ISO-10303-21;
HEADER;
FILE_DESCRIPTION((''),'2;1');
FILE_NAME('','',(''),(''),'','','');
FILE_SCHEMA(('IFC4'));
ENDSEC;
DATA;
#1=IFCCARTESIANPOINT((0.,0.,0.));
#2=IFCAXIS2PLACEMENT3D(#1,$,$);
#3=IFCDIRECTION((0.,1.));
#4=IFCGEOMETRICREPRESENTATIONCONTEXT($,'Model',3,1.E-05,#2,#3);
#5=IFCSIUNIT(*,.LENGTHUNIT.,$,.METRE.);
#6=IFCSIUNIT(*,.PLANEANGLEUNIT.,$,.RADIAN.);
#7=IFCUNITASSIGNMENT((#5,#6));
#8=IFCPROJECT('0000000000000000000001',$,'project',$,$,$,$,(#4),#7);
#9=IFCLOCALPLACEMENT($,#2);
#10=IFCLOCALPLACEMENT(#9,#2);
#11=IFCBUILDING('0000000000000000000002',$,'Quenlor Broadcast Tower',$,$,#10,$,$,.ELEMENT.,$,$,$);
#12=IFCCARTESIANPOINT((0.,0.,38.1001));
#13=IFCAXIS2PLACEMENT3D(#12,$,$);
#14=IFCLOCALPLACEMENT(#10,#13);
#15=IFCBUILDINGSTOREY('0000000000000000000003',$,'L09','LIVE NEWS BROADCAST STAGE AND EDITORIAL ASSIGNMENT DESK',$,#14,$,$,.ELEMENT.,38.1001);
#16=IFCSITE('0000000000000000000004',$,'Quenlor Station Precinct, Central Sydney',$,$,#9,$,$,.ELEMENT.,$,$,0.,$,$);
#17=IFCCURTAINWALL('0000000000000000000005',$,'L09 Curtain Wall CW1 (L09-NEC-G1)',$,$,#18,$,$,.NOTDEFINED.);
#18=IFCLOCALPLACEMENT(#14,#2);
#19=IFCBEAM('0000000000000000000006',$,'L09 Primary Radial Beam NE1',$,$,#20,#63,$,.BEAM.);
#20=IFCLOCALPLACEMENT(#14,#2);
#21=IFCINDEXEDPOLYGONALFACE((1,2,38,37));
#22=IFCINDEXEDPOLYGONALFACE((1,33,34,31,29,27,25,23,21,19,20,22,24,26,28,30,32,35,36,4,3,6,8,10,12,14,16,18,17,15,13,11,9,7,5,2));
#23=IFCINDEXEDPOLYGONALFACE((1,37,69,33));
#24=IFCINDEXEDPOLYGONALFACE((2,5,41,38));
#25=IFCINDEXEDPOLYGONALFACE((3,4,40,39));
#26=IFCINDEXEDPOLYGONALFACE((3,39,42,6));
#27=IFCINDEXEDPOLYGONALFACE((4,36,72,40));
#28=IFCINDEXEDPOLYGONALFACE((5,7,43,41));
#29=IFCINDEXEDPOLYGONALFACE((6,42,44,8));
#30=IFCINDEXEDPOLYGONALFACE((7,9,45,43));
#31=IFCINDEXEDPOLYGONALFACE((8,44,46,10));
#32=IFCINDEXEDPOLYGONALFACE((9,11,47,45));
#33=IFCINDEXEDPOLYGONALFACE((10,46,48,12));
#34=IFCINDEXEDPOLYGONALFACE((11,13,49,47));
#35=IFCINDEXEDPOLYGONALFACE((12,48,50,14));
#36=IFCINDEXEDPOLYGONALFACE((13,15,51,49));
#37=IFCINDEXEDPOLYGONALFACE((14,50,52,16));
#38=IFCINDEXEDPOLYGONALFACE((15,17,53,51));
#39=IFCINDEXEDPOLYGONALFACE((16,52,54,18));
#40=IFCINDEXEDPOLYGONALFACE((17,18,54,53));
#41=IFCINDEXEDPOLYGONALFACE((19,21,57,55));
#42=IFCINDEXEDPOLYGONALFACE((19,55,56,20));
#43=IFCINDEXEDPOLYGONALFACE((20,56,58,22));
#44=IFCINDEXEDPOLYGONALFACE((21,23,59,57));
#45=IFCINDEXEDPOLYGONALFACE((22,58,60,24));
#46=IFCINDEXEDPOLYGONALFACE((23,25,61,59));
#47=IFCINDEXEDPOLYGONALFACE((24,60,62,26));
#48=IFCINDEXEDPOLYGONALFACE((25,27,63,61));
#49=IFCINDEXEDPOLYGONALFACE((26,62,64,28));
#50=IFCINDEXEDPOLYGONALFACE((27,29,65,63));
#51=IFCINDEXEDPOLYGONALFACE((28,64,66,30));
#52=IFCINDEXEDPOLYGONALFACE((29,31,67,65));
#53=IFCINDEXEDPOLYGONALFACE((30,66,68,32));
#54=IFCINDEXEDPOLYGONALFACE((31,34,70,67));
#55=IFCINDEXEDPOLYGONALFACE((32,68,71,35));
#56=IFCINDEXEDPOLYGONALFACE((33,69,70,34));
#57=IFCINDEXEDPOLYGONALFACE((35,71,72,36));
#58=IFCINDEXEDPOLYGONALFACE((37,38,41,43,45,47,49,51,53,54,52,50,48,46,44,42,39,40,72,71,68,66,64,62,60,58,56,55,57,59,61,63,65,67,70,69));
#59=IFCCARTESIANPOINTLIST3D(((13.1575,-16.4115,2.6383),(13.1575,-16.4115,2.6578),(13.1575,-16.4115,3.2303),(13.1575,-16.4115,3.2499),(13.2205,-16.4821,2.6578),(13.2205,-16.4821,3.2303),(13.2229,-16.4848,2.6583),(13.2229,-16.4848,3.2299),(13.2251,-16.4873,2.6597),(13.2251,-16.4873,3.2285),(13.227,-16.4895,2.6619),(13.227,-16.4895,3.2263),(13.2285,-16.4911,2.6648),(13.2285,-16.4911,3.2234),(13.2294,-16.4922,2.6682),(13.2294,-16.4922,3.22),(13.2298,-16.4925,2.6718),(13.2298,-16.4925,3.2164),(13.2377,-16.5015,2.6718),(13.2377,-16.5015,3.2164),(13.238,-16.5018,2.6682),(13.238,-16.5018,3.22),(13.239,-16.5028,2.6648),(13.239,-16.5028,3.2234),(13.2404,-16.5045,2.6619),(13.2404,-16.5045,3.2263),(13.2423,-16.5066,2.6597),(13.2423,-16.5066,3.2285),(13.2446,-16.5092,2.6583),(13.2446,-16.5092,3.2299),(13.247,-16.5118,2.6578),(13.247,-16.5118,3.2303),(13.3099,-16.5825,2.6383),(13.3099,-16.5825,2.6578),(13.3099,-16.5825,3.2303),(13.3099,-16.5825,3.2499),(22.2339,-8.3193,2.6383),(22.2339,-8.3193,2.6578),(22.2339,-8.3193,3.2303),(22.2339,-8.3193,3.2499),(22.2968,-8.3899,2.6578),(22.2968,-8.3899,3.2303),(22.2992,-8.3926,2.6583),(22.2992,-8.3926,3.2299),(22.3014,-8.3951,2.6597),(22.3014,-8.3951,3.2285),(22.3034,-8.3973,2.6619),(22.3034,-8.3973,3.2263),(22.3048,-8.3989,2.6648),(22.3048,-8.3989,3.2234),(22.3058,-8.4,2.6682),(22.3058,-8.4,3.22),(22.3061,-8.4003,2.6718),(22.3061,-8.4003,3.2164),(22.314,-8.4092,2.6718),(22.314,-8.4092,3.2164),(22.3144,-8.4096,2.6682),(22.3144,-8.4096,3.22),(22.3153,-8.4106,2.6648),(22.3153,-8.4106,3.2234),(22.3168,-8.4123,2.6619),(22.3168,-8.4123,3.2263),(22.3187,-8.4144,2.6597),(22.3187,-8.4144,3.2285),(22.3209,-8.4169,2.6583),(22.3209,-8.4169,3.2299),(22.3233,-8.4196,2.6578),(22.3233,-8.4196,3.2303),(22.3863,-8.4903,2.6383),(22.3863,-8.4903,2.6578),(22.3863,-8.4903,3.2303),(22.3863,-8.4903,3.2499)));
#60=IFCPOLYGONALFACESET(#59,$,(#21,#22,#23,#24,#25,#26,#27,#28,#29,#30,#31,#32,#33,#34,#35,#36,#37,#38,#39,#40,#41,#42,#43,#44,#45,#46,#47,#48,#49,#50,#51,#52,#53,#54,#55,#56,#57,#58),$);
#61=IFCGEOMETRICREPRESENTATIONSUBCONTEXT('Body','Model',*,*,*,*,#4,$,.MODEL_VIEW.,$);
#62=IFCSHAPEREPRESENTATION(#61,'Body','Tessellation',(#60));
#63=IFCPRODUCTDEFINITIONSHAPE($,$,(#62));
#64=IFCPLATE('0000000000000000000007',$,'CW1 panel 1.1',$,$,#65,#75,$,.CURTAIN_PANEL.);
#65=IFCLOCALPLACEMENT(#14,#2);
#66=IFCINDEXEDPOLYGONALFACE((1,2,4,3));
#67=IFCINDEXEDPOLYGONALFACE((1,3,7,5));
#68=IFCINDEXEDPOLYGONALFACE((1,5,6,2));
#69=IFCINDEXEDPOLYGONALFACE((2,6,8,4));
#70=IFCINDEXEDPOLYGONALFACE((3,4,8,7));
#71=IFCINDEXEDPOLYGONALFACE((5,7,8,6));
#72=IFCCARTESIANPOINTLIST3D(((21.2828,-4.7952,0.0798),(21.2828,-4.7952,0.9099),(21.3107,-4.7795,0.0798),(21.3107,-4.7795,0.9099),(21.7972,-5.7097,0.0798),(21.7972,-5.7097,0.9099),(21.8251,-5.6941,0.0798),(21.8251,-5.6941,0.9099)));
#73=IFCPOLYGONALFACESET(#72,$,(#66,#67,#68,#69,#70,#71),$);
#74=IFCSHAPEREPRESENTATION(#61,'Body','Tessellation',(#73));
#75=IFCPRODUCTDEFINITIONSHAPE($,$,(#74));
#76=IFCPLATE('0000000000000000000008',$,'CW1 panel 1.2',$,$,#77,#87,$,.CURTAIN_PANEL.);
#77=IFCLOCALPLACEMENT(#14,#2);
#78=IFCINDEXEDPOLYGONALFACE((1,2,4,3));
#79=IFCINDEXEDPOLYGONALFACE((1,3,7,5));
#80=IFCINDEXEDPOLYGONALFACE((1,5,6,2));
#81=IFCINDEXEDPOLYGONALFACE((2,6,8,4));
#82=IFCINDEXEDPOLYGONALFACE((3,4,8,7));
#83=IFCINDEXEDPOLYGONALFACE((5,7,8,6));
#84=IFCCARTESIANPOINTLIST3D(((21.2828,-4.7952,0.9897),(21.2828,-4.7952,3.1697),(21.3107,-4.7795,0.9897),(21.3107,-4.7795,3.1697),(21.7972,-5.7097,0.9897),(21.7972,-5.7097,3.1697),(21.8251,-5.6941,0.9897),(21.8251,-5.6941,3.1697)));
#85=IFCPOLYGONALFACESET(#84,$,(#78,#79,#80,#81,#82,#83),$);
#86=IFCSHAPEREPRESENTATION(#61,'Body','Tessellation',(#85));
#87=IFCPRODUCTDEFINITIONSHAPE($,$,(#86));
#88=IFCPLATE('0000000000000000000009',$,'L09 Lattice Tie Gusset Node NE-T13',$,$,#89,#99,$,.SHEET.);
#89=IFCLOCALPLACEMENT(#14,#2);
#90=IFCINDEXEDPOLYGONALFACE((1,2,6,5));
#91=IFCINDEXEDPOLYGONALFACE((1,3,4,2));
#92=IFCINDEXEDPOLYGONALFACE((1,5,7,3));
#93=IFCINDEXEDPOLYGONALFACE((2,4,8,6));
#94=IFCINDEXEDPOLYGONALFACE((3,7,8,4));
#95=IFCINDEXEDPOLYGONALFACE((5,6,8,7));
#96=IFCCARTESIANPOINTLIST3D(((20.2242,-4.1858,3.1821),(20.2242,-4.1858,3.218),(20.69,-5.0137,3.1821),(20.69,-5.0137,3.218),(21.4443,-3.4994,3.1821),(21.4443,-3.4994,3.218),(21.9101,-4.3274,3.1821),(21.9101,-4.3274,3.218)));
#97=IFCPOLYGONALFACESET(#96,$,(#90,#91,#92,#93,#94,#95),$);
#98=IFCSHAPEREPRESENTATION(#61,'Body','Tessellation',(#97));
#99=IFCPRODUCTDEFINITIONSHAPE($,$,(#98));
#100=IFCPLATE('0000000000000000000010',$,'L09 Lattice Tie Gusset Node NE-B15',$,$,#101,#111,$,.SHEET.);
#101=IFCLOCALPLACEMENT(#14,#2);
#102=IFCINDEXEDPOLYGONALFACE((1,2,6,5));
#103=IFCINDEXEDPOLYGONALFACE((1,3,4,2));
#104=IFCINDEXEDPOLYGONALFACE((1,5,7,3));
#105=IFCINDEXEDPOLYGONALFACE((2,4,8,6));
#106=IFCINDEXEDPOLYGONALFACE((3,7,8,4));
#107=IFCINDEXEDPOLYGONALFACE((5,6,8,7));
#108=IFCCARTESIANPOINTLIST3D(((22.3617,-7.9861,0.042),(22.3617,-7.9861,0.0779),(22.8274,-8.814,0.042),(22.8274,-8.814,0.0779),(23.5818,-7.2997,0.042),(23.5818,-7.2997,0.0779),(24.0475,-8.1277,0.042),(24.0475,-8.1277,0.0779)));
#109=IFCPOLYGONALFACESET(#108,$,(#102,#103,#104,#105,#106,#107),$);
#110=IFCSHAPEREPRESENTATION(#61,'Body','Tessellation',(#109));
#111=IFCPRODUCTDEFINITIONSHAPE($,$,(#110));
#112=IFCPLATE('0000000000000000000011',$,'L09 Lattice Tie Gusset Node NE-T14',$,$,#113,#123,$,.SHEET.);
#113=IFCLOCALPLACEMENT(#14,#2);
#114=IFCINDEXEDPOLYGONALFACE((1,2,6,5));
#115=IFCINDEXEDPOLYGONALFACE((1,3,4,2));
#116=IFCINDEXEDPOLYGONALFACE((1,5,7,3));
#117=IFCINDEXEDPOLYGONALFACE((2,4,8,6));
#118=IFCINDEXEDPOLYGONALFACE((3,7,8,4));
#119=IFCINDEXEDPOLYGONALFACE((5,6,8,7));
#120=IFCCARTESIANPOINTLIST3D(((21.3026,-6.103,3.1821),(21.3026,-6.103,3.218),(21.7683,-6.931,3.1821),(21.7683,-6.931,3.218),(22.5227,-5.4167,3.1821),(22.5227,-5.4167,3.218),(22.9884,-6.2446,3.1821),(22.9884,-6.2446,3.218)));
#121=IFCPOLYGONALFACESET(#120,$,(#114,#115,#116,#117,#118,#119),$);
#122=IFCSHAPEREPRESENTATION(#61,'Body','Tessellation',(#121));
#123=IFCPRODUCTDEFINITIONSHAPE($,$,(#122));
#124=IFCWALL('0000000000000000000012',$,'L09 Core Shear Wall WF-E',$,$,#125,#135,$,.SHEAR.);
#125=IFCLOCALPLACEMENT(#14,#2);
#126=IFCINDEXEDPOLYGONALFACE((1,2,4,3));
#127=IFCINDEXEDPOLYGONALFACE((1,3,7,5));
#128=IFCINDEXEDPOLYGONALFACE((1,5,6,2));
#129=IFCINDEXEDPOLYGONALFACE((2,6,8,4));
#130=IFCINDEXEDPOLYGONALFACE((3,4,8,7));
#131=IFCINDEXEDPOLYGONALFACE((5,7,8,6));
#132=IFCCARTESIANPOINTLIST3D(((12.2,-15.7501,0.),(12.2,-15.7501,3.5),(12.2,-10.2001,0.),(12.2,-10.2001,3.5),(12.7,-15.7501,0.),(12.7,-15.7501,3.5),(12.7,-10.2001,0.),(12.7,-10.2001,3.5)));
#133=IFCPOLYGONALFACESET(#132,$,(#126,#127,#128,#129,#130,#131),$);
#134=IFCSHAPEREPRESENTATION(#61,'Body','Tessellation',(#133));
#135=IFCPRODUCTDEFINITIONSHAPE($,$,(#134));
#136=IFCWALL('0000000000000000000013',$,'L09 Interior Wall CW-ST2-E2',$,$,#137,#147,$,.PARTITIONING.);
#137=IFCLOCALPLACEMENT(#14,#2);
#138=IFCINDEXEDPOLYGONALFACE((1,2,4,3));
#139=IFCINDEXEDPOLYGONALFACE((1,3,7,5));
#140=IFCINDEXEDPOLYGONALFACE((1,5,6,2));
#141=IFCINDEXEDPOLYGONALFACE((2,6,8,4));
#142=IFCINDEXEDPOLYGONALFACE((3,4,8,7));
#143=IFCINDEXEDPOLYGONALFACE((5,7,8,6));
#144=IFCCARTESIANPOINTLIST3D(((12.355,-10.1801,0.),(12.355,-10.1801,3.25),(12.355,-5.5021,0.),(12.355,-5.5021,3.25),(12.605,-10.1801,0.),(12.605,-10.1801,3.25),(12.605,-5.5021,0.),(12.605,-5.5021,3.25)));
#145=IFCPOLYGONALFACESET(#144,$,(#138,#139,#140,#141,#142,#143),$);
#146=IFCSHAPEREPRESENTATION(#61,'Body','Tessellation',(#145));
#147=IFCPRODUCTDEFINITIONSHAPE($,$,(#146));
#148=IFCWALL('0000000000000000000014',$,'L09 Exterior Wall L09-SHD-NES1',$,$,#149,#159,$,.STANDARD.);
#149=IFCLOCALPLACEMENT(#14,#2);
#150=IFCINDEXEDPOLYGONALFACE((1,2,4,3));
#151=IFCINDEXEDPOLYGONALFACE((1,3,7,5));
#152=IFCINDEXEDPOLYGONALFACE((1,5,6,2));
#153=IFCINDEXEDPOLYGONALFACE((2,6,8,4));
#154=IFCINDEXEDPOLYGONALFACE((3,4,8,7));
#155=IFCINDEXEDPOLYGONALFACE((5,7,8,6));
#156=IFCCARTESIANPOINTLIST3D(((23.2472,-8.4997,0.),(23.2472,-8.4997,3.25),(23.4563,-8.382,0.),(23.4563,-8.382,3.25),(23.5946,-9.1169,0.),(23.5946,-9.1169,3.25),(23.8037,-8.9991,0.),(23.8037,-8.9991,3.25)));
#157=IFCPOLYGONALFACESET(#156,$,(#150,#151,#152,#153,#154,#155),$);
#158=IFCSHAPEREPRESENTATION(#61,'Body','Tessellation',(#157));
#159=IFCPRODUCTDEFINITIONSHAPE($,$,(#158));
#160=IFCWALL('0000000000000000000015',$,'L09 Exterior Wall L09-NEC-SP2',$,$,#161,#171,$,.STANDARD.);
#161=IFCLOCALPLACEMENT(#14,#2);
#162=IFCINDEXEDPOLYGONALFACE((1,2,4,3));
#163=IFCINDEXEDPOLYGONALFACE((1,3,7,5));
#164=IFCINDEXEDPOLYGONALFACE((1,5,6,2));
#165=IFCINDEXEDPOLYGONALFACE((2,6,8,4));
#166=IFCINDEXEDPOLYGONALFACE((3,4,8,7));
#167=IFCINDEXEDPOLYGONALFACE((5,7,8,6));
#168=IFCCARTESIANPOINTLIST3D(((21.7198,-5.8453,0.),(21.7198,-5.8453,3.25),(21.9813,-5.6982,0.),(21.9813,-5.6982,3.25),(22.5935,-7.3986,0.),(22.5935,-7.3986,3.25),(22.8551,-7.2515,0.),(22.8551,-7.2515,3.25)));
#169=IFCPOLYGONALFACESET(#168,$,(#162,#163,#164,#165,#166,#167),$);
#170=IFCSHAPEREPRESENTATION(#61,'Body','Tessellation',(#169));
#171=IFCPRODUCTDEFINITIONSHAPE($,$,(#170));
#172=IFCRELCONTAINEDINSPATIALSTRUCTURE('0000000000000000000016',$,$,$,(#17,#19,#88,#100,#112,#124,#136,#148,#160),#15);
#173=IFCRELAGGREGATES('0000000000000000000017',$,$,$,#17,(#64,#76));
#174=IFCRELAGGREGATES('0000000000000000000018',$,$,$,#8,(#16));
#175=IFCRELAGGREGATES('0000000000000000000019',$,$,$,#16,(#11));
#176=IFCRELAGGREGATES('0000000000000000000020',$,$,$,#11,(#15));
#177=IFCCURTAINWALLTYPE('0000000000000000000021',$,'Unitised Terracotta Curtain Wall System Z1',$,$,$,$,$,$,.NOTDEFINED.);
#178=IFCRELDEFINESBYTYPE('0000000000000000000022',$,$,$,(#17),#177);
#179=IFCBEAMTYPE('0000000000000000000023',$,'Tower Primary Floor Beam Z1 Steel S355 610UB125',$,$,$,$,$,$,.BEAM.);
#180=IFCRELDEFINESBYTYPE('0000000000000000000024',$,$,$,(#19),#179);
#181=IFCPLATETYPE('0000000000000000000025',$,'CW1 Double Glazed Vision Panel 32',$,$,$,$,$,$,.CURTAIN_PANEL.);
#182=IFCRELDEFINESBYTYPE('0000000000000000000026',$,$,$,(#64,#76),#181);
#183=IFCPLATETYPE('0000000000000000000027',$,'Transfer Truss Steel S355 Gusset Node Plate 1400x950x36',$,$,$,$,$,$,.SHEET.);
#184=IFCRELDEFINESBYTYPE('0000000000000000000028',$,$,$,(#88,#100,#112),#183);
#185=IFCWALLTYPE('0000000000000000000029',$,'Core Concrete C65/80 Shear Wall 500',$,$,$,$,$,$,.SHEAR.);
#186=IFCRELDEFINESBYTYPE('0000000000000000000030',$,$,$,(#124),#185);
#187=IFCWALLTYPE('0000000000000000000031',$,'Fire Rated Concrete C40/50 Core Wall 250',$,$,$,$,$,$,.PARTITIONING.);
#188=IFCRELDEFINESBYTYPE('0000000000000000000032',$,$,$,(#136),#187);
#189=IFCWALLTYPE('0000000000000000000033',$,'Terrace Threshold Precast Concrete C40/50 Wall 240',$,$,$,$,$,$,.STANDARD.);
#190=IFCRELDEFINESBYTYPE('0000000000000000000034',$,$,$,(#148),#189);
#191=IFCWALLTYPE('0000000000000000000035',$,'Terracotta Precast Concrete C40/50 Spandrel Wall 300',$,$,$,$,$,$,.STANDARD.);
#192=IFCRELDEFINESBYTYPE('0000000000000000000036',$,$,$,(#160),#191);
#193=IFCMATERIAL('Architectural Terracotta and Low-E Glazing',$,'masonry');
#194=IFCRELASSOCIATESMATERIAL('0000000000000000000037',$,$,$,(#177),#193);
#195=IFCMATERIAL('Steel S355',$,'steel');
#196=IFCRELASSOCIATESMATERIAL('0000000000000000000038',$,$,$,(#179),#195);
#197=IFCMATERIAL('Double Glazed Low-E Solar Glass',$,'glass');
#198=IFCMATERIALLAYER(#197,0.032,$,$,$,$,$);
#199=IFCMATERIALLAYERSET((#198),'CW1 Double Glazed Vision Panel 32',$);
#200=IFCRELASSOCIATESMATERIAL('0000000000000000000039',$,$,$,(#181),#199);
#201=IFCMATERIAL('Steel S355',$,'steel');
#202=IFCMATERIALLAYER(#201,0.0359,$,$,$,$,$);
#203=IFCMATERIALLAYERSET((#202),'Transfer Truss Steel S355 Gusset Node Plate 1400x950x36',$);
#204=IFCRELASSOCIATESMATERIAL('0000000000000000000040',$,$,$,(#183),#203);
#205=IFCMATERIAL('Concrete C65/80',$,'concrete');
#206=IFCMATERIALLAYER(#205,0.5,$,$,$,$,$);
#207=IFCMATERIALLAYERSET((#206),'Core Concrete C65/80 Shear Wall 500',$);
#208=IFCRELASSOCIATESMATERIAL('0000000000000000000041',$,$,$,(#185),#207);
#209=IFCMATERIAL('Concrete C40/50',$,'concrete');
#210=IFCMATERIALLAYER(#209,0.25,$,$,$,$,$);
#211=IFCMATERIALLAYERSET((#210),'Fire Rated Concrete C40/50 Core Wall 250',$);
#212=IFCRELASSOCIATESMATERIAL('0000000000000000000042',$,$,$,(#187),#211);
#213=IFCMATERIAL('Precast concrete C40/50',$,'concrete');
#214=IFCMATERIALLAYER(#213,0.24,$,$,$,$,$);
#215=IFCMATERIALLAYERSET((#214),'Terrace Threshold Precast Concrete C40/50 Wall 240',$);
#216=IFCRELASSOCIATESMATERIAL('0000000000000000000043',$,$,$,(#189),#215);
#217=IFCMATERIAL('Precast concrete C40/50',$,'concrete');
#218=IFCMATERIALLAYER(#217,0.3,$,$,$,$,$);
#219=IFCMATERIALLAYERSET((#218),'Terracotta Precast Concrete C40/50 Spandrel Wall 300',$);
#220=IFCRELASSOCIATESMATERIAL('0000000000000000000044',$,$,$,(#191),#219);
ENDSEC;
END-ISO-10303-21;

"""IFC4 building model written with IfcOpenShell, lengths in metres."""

from ifc_helpers import new_model, si_unit, direction, frame, frame_2d, origin, origin_2d, place, context, subcontext, project, spatial, rectangle, i_section, extrude, material, layer, layer_set, material_profile, profile_set, type_object, element, aggregate, save


model = new_model("IFC4")

# Units and contexts
model_context = context("Model", 3, precision=1e-05, world=origin(), true_north=direction((0.0, 1.0)))
body_context = subcontext(model_context, "Body", "Model", "MODEL_VIEW")
ifc_project = project(units=[si_unit("LENGTHUNIT", "METRE"), si_unit("PLANEANGLEUNIT", "RADIAN")], contexts=[model_context])

# Site, building, storey
site_placement = place(None, origin())
site = spatial("IfcSite", under=ifc_project, at=site_placement, Name="Quenlor Station Precinct, Central Sydney", CompositionType="ELEMENT", RefElevation=0.0)
building_placement = place(site_placement, origin())
building = spatial("IfcBuilding", under=site, at=building_placement, Name="Quenlor Broadcast Tower", CompositionType="ELEMENT")
storey_placement = place(building_placement, frame((0.0, 0.0, 38.1001)))
storey = spatial("IfcBuildingStorey", under=building, at=storey_placement, Name="L09", Description="LIVE NEWS BROADCAST STAGE AND EDITORIAL ASSIGNMENT DESK", CompositionType="ELEMENT", Elevation=38.1001)

# Curtain wall
ifc_material_1 = material(Name="Architectural Terracotta and Low-E Glazing", Category="masonry")
curtain_wall_type = type_object("IfcCurtainWallType", Name="Unitised Terracotta Curtain Wall System Z1", PredefinedType="NOTDEFINED", material=ifc_material_1)
curtain_wall_placement = place(storey_placement, origin())
curtain_wall = element("IfcCurtainWall", 1, at=curtain_wall_placement, inside=storey, type_object=curtain_wall_type, Name="L09 Curtain Wall CW1 (L09-NEC-G1)", PredefinedType="NOTDEFINED")

# Beam
ifc_material_2 = material(Name="Steel S355", Category="steel")
ifc_material_profile_1 = material_profile(ifc_material_2, i_section(OverallWidth=0.229, OverallDepth=0.6116, WebThickness=0.012, FlangeThickness=0.0195, FilletRadius=0.0139, at=origin_2d()))
ifc_profile_set_1 = profile_set([ifc_material_profile_1], Name="Steel S355 610UB125")
beam_type_1 = type_object("IfcBeamType", Name="Tower Primary Floor Beam Z1 Steel S355 610UB125", PredefinedType="BEAM", material=ifc_profile_set_1)
beam_1_placement = place(storey_placement, frame((22.3101, -8.4048, 2.9441), z_axis=(-0.746414, -0.665482, 0.0), x_axis=(0.665482, -0.746414, 0.0)))
element("IfcBeam", 2, at=beam_1_placement, inside=storey, type_object=beam_type_1, Name="L09 Primary Radial Beam NE1", PredefinedType="BEAM", context=body_context, shape_type="SweptSolid", body=[
    extrude(i_section(OverallWidth=0.229, OverallDepth=0.6116, WebThickness=0.012, FlangeThickness=0.0195, FilletRadius=0.0139, at=origin_2d()), origin(), (0.0, 0.0, 1.0), 12.1599),
])

# Plates
ifc_material_3 = material(Name="Double Glazed Low-E Solar Glass", Category="glass")
ifc_layer_1 = layer(ifc_material_3, 0.032)
ifc_layer_set_1 = layer_set([ifc_layer_1], Name="CW1 Double Glazed Vision Panel 32")
plate_type_1 = type_object("IfcPlateType", Name="CW1 Double Glazed Vision Panel 32", PredefinedType="CURTAIN_PANEL", material=ifc_layer_set_1)
plate_1_placement = place(storey_placement, frame((21.554, -5.2446, 0.0798), z_axis=(0.0, 0.0, 1.0), x_axis=(0.490277, -0.871567, 0.0)))
plate_1 = element("IfcPlate", 3, at=plate_1_placement, type_object=plate_type_1, Name="CW1 panel 1.1", PredefinedType="CURTAIN_PANEL", context=body_context, shape_type="SweptSolid", body=[
    extrude(rectangle(XDim=1.0493, YDim=0.032, at=origin_2d()), origin(), (0.0, 0.0, 1.0), 0.8301),
])
plate_2_placement = place(storey_placement, frame((21.554, -5.2446, 0.9897), z_axis=(0.0, 0.0, 1.0), x_axis=(0.490277, -0.871567, 0.0)))
plate_2 = element("IfcPlate", 4, at=plate_2_placement, type_object=plate_type_1, Name="CW1 panel 1.2", PredefinedType="CURTAIN_PANEL", context=body_context, shape_type="SweptSolid", body=[
    extrude(rectangle(XDim=1.0493, YDim=0.032, at=origin_2d()), origin(), (0.0, 0.0, 1.0), 2.1799),
])
aggregate(curtain_wall, [plate_1, plate_2])

# Plates
ifc_material_4 = material(Name="Steel S355", Category="steel")
ifc_layer_2 = layer(ifc_material_4, 0.0359)
ifc_layer_set_2 = layer_set([ifc_layer_2], Name="Transfer Truss Steel S355 Gusset Node Plate 1400x950x36")
plate_type_2 = type_object("IfcPlateType", Name="Transfer Truss Steel S355 Gusset Node Plate 1400x950x36", PredefinedType="SHEET", material=ifc_layer_set_2)
for number, where, z_axis, x_axis, name in (
    (5, (21.0671, -4.2566, 3.1821), (0.0, 0.0, 1.0), (0.871556, 0.490295, 0.0), "L09 Lattice Tie Gusset Node NE-T13"),
    (6, (23.2046, -8.0569, 0.042), (0.0, 0.0, 1.0), (0.871556, 0.490295, 0.0), "L09 Lattice Tie Gusset Node NE-B15"),
    (7, (22.1455, -6.1738, 3.1821), (0.0, 0.0, 1.0), (0.871556, 0.490295, 0.0), "L09 Lattice Tie Gusset Node NE-T14"),
):
    element("IfcPlate", number, at=place(storey_placement, frame(where, z_axis=z_axis, x_axis=x_axis)), inside=storey, type_object=plate_type_2, Name=name, PredefinedType="SHEET", context=body_context, shape_type="SweptSolid", body=[
        extrude(rectangle(XDim=1.3999, YDim=0.95, at=origin_2d()), origin(), (0.0, 0.0, 1.0), 0.0359),
    ])

# Walls
ifc_material_5 = material(Name="Concrete C65/80", Category="concrete")
ifc_layer_3 = layer(ifc_material_5, 0.5)
ifc_layer_set_3 = layer_set([ifc_layer_3], Name="Core Concrete C65/80 Shear Wall 500")
wall_type_1 = type_object("IfcWallType", Name="Core Concrete C65/80 Shear Wall 500", PredefinedType="SHEAR", material=ifc_layer_set_3)
wall_1_placement = place(storey_placement, frame((12.45, -15.75, 0.0), z_axis=(0.0, 0.0, 1.0), x_axis=(0.0, 1.0, 0.0)))
element("IfcWall", 8, at=wall_1_placement, inside=storey, type_object=wall_type_1, Name="L09 Core Shear Wall WF-E", PredefinedType="SHEAR", context=body_context, shape_type="SweptSolid", body=[
    extrude(rectangle(XDim=5.55, YDim=0.5, at=frame_2d((2.7749, 0.0))), origin(), (0.0, 0.0, 1.0), 3.5),
])
ifc_material_6 = material(Name="Concrete C40/50", Category="concrete")
ifc_layer_4 = layer(ifc_material_6, 0.25)
ifc_layer_set_4 = layer_set([ifc_layer_4], Name="Fire Rated Concrete C40/50 Core Wall 250")
wall_type_2 = type_object("IfcWallType", Name="Fire Rated Concrete C40/50 Core Wall 250", PredefinedType="PARTITIONING", material=ifc_layer_set_4)
wall_2_placement = place(storey_placement, frame((12.48, -10.1799, 0.0), z_axis=(0.0, 0.0, 1.0), x_axis=(0.0, 1.0, 0.0)))
element("IfcWall", 9, at=wall_2_placement, inside=storey, type_object=wall_type_2, Name="L09 Interior Wall CW-ST2-E2", PredefinedType="PARTITIONING", context=body_context, shape_type="SweptSolid", body=[
    extrude(rectangle(XDim=4.678, YDim=0.25, at=frame_2d((2.3389, 0.0))), origin(), (0.0, 0.0, 1.0), 3.25),
])
ifc_material_7 = material(Name="Precast concrete C40/50", Category="concrete")
ifc_layer_5 = layer(ifc_material_7, 0.24)
ifc_layer_set_5 = layer_set([ifc_layer_5], Name="Terrace Threshold Precast Concrete C40/50 Wall 240")
wall_type_3 = type_object("IfcWallType", Name="Terrace Threshold Precast Concrete C40/50 Wall 240", PredefinedType="STANDARD", material=ifc_layer_set_5)
wall_3_placement = place(storey_placement, frame((23.3518, -8.4409, 0.0), z_axis=(0.0, 0.0, 1.0), x_axis=(0.490523, -0.871428, 0.0)))
element("IfcWall", 10, at=wall_3_placement, inside=storey, type_object=wall_type_3, Name="L09 Exterior Wall L09-SHD-NES1", PredefinedType="STANDARD", context=body_context, shape_type="SweptSolid", body=[
    extrude(rectangle(XDim=0.7083, YDim=0.24, at=frame_2d((0.354, 0.0))), origin(), (0.0, 0.0, 1.0), 3.25),
])
ifc_material_8 = material(Name="Precast concrete C40/50", Category="concrete")
ifc_layer_6 = layer(ifc_material_8, 0.3)
ifc_layer_set_6 = layer_set([ifc_layer_6], Name="Terracotta Precast Concrete C40/50 Spandrel Wall 300")
wall_type_4 = type_object("IfcWallType", Name="Terracotta Precast Concrete C40/50 Spandrel Wall 300", PredefinedType="STANDARD", material=ifc_layer_set_6)
wall_4_placement = place(storey_placement, frame((21.8506, -5.7717, 0.0), z_axis=(0.0, 0.0, 1.0), x_axis=(0.490242, -0.871587, 0.0)))
element("IfcWall", 11, at=wall_4_placement, inside=storey, type_object=wall_type_4, Name="L09 Exterior Wall L09-NEC-SP2", PredefinedType="STANDARD", context=body_context, shape_type="SweptSolid", body=[
    extrude(rectangle(XDim=1.7822, YDim=0.3, at=frame_2d((0.8911, 0.0))), origin(), (0.0, 0.0, 1.0), 3.25),
])

save(model, "model.ifc")
